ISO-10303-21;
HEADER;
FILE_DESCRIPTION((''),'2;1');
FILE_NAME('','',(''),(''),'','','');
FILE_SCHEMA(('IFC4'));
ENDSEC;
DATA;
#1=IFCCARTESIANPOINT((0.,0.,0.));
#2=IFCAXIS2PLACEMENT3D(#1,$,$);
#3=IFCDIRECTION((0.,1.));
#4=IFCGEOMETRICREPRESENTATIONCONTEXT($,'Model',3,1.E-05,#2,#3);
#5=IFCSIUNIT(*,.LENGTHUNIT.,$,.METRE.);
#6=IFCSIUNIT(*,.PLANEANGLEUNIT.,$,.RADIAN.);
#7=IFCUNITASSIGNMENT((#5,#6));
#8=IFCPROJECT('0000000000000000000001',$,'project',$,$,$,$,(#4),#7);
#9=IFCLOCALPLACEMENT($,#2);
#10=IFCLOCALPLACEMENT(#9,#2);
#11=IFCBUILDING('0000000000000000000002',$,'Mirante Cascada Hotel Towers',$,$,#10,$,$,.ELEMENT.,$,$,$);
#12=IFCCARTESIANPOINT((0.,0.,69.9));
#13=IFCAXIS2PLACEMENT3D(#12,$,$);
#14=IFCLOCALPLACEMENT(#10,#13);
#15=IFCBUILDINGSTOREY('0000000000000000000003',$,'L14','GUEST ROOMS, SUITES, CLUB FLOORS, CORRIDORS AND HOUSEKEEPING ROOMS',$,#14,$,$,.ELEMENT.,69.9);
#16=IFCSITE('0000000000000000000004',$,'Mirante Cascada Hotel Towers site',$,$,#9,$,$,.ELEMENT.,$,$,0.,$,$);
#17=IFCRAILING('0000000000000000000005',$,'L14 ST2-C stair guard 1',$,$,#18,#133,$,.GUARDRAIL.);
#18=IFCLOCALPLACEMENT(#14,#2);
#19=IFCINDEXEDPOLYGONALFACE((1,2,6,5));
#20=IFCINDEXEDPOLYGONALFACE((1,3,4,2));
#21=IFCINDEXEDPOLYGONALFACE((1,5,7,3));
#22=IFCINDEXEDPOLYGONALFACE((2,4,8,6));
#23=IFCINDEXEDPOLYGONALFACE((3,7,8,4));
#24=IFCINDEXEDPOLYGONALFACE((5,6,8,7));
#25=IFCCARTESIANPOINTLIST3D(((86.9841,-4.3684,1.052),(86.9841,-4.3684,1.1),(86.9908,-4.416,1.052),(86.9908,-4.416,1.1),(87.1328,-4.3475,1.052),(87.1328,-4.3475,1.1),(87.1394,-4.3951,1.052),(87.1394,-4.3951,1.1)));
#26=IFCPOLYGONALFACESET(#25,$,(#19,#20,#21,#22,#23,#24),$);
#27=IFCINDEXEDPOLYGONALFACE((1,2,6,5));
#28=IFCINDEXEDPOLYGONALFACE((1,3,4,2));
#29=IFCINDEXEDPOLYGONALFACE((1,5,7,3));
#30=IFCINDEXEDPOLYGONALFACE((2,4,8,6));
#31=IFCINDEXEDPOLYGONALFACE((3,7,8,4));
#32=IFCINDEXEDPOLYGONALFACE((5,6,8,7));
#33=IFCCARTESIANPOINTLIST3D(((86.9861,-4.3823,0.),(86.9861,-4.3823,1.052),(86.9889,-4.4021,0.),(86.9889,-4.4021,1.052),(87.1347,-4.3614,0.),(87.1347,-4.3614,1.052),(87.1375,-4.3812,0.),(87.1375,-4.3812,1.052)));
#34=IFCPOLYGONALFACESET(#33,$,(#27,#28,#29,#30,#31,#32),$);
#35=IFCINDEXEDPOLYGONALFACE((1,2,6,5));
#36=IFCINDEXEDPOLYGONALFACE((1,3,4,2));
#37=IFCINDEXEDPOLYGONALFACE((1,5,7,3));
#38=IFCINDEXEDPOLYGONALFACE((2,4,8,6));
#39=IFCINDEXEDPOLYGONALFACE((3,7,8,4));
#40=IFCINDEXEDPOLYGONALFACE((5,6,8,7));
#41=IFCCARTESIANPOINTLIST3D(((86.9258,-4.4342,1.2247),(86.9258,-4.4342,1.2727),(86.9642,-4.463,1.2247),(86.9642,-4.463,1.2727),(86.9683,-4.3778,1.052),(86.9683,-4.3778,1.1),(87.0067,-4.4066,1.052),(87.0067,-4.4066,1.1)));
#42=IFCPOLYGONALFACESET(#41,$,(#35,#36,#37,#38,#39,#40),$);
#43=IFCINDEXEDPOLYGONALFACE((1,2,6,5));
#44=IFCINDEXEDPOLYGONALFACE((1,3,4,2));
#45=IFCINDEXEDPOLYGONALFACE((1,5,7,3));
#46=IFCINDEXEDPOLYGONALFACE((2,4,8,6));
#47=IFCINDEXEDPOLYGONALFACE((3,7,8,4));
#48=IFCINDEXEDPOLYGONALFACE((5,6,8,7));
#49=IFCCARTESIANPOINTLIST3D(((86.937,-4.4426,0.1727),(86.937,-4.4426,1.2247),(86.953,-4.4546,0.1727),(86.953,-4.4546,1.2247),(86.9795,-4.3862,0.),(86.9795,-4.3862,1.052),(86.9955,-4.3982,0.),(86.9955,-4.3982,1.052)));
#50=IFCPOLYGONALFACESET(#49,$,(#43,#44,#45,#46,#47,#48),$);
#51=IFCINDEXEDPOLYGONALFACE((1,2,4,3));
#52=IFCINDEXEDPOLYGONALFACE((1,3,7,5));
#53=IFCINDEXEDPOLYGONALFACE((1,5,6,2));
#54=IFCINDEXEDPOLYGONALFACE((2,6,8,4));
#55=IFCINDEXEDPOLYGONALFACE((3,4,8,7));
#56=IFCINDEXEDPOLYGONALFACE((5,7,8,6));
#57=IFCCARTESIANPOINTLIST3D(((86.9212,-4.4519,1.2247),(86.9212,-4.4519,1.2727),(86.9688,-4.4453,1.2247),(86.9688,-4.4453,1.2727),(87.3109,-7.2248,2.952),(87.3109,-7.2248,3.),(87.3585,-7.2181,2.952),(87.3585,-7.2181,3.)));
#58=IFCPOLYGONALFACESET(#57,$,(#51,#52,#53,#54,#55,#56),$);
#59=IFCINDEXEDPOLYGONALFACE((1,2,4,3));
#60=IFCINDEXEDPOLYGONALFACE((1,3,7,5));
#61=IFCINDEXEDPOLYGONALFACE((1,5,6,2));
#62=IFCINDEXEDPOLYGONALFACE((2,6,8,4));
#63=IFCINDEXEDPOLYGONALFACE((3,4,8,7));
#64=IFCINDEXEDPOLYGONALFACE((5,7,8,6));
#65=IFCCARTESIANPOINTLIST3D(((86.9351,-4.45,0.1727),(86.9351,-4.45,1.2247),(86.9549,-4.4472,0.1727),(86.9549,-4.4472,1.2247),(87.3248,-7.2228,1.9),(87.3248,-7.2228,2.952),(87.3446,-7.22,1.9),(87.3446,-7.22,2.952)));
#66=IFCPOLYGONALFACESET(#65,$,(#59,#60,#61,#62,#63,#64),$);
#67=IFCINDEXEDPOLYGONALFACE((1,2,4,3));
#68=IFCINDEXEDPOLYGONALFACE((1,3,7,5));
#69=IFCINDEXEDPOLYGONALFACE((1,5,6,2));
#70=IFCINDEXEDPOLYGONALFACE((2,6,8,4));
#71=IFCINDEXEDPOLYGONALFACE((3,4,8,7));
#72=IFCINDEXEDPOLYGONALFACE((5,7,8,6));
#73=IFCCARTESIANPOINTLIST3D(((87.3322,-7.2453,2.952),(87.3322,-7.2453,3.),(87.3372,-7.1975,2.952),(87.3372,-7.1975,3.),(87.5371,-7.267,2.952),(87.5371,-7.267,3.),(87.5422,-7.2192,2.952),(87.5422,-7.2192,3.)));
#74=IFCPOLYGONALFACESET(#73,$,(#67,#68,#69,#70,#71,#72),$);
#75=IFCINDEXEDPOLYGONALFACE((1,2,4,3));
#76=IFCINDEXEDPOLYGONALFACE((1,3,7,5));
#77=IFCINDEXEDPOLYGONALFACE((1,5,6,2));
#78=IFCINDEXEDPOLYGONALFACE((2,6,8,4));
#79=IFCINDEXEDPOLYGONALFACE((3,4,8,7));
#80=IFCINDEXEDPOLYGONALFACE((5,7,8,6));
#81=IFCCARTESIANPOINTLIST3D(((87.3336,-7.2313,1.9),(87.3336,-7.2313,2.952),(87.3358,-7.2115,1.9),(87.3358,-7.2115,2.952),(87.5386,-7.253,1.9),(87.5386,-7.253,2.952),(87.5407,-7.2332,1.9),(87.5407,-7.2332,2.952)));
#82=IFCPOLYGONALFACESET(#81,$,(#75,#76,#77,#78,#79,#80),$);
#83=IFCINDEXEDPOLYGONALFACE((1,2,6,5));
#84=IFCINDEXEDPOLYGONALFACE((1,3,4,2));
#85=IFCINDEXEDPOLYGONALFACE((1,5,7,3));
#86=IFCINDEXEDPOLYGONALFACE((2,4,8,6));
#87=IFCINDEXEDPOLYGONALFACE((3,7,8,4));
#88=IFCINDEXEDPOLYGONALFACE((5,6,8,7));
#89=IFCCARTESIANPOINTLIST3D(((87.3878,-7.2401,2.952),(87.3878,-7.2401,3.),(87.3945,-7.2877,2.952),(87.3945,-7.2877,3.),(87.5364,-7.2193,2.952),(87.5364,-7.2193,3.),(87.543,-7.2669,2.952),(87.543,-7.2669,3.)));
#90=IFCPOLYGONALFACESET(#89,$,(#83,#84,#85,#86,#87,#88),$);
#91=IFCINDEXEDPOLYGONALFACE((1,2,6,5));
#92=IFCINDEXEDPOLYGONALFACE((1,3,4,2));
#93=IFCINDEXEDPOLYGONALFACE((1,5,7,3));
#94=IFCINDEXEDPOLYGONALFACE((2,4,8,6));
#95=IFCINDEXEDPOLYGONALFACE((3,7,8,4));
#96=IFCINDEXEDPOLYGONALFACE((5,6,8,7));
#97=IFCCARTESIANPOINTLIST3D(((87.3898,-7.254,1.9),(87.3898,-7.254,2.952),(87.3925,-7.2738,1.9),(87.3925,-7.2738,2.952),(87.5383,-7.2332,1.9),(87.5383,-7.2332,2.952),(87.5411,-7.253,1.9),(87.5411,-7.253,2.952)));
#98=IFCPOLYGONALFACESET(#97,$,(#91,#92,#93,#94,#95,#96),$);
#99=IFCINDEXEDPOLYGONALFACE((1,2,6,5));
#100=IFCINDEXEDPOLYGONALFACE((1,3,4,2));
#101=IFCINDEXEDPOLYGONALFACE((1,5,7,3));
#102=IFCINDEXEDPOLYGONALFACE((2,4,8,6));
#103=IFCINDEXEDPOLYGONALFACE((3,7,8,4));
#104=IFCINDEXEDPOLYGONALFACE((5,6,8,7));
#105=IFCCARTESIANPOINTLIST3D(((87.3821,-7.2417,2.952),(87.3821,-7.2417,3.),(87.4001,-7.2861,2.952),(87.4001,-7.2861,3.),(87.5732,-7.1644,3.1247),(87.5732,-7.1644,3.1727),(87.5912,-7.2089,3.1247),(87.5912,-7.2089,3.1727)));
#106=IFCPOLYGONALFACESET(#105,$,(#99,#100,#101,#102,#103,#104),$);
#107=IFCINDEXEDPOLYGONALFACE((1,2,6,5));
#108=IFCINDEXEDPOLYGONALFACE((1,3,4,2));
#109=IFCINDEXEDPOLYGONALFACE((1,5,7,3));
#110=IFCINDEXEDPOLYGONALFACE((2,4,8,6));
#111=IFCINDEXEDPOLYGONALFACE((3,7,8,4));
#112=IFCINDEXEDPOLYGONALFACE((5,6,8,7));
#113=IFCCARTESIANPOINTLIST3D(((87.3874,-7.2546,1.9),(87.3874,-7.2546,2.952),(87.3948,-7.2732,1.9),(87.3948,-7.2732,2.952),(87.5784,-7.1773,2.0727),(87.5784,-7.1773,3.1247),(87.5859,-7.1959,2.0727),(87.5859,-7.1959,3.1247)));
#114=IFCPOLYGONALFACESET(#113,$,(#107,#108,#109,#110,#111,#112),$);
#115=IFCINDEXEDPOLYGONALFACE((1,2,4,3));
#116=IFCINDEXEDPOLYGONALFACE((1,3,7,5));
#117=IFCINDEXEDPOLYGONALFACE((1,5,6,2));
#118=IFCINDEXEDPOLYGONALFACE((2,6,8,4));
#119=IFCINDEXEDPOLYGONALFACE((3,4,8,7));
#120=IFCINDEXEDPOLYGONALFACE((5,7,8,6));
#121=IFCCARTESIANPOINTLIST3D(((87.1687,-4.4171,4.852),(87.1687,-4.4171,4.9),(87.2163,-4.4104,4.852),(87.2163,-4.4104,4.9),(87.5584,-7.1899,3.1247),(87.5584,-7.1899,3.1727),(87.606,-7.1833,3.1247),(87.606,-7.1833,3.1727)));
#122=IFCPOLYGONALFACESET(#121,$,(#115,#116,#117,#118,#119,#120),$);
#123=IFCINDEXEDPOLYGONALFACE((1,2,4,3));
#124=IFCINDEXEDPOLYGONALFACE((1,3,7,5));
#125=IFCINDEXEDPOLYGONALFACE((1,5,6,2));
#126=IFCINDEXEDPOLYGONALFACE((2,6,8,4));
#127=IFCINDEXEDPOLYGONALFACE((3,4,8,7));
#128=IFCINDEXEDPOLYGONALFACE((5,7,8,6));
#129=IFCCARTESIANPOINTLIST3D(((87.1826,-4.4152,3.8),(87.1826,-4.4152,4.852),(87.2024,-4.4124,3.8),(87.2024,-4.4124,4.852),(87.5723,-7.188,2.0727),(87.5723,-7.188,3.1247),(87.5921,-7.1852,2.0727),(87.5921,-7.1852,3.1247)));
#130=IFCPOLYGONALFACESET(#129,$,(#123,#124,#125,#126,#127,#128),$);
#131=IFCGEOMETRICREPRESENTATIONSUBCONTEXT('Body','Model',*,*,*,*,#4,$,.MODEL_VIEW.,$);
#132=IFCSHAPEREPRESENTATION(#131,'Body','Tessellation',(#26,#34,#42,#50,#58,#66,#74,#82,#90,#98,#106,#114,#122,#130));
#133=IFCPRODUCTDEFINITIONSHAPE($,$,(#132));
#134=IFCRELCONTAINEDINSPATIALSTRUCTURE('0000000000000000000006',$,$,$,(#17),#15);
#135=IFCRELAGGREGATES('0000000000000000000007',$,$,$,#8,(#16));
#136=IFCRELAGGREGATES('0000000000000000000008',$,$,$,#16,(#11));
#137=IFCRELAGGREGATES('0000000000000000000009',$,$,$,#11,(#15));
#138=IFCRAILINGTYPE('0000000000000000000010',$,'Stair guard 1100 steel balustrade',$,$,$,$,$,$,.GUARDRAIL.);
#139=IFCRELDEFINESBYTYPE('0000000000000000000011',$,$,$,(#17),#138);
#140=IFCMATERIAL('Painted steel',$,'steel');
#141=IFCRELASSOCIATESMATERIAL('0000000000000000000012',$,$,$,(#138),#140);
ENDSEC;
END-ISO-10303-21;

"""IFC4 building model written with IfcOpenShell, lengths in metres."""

from ifc_helpers import new_model, si_unit, direction, frame, origin, origin_2d, place, context, subcontext, project, spatial, rectangle, extrude, material, type_object, element, save


model = new_model("IFC4")

# Units and contexts
model_context = context("Model", 3, precision=1e-05, world=origin(), true_north=direction((0.0, 1.0)))
body_context = subcontext(model_context, "Body", "Model", "MODEL_VIEW")
ifc_project = project(units=[si_unit("LENGTHUNIT", "METRE"), si_unit("PLANEANGLEUNIT", "RADIAN")], contexts=[model_context])

# Site, building, storey
site_placement = place(None, origin())
site = spatial("IfcSite", under=ifc_project, at=site_placement, Name="Mirante Cascada Hotel Towers site", CompositionType="ELEMENT", RefElevation=0.0)
building_placement = place(site_placement, origin())
building = spatial("IfcBuilding", under=site, at=building_placement, Name="Mirante Cascada Hotel Towers", CompositionType="ELEMENT")
storey_placement = place(building_placement, frame((0.0, 0.0, 69.9)))
storey = spatial("IfcBuildingStorey", under=building, at=storey_placement, Name="L14", Description="GUEST ROOMS, SUITES, CLUB FLOORS, CORRIDORS AND HOUSEKEEPING ROOMS", CompositionType="ELEMENT", Elevation=69.9)

# Railing
ifc_material_1 = material(Name="Painted steel", Category="steel")
railing_type = type_object("IfcRailingType", Name="Stair guard 1100 steel balustrade", PredefinedType="GUARDRAIL", material=ifc_material_1)
railing_placement = place(storey_placement, frame((87.1361, -4.3713, 0.0)))
element("IfcRailing", 1, at=railing_placement, inside=storey, type_object=railing_type, Name="L14 ST2-C stair guard 1", PredefinedType="GUARDRAIL", context=body_context, shape_type="SweptSolid", body=[
    extrude(rectangle(XDim=0.048, YDim=0.048, at=origin_2d()), frame((0.0, 0.0, 1.076), z_axis=(-0.990254, -0.139275, 0.0), x_axis=(0.139275, -0.990254, 0.0)), (0.0, 0.0, 1.0), 0.1501),
    extrude(rectangle(XDim=0.02, YDim=1.052, at=origin_2d()), frame((0.0, 0.0, 0.526), z_axis=(-0.990254, -0.139275, 0.0), x_axis=(0.139275, -0.990254, 0.0)), (0.0, 0.0, 1.0), 0.1501),
    extrude(rectangle(XDim=0.048, YDim=0.048, at=origin_2d()), frame((-0.1486, -0.0209, 1.076), z_axis=(-0.601811, -0.798639, 0.0), x_axis=(0.798639, -0.601811, 0.0)), (0.0, 0.925603, 0.378496), 0.1866),
    extrude(rectangle(XDim=0.02, YDim=1.052, at=origin_2d()), frame((-0.1486, -0.0209, 0.526), z_axis=(-0.601811, -0.798639, 0.0), x_axis=(0.798639, -0.601811, 0.0)), (0.0, 0.925603, 0.378496), 0.1866),
    extrude(rectangle(XDim=0.048, YDim=0.048, at=origin_2d()), frame((-0.1911, -0.0773, 1.2487), z_axis=(0.139176, -0.990268, 0.0), x_axis=(0.990268, 0.139176, 0.0)), (0.0, 0.525021, 0.851089), 3.29),
    extrude(rectangle(XDim=0.02, YDim=1.052, at=origin_2d()), frame((-0.1911, -0.0773, 0.6987), z_axis=(0.139176, -0.990268, 0.0), x_axis=(0.990268, 0.139176, 0.0)), (0.0, 0.525021, 0.851089), 3.29),
    extrude(rectangle(XDim=0.048, YDim=0.048, at=origin_2d()), frame((0.1986, -2.8501, 2.976), z_axis=(0.994444, -0.105266, 0.0), x_axis=(0.105266, 0.994444, 0.0)), (0.0, 0.0, 1.0), 0.2061),
    extrude(rectangle(XDim=0.02, YDim=1.052, at=origin_2d()), frame((0.1986, -2.8501, 2.426), z_axis=(0.994444, -0.105266, 0.0), x_axis=(0.105266, 0.994444, 0.0)), (0.0, 0.0, 1.0), 0.2061),
    extrude(rectangle(XDim=0.048, YDim=0.048, at=origin_2d()), frame((0.4036, -2.8718, 2.976), z_axis=(-0.990345, -0.138622, 0.0), x_axis=(0.138622, -0.990345, 0.0)), (0.0, 0.0, 1.0), 0.15),
    extrude(rectangle(XDim=0.02, YDim=1.052, at=origin_2d()), frame((0.4036, -2.8718, 2.426), z_axis=(-0.990345, -0.138622, 0.0), x_axis=(0.138622, -0.990345, 0.0)), (0.0, 0.0, 1.0), 0.15),
    extrude(rectangle(XDim=0.048, YDim=0.048, at=origin_2d()), frame((0.255, -2.8926, 2.976), z_axis=(0.927031, 0.374984, 0.0), x_axis=(-0.374984, 0.927031, 0.0)), (0.0, 0.64219, 0.766545), 0.2689),
    extrude(rectangle(XDim=0.02, YDim=1.052, at=origin_2d()), frame((0.255, -2.8926, 2.426), z_axis=(0.927031, 0.374984, 0.0), x_axis=(-0.374984, 0.927031, 0.0)), (0.0, 0.64219, 0.766545), 0.2689),
    extrude(rectangle(XDim=0.048, YDim=0.048, at=origin_2d()), frame((0.4461, -2.8153, 3.1487), z_axis=(-0.139176, 0.990268, 0.0), x_axis=(-0.990268, -0.139176, 0.0)), (0.0, 0.525021, 0.851089), 3.29),
    extrude(rectangle(XDim=0.02, YDim=1.052, at=origin_2d()), frame((0.4461, -2.8153, 2.5987), z_axis=(-0.139176, 0.990268, 0.0), x_axis=(-0.990268, -0.139176, 0.0)), (0.0, 0.525021, 0.851089), 3.29),
])

save(model, "model.ifc")
